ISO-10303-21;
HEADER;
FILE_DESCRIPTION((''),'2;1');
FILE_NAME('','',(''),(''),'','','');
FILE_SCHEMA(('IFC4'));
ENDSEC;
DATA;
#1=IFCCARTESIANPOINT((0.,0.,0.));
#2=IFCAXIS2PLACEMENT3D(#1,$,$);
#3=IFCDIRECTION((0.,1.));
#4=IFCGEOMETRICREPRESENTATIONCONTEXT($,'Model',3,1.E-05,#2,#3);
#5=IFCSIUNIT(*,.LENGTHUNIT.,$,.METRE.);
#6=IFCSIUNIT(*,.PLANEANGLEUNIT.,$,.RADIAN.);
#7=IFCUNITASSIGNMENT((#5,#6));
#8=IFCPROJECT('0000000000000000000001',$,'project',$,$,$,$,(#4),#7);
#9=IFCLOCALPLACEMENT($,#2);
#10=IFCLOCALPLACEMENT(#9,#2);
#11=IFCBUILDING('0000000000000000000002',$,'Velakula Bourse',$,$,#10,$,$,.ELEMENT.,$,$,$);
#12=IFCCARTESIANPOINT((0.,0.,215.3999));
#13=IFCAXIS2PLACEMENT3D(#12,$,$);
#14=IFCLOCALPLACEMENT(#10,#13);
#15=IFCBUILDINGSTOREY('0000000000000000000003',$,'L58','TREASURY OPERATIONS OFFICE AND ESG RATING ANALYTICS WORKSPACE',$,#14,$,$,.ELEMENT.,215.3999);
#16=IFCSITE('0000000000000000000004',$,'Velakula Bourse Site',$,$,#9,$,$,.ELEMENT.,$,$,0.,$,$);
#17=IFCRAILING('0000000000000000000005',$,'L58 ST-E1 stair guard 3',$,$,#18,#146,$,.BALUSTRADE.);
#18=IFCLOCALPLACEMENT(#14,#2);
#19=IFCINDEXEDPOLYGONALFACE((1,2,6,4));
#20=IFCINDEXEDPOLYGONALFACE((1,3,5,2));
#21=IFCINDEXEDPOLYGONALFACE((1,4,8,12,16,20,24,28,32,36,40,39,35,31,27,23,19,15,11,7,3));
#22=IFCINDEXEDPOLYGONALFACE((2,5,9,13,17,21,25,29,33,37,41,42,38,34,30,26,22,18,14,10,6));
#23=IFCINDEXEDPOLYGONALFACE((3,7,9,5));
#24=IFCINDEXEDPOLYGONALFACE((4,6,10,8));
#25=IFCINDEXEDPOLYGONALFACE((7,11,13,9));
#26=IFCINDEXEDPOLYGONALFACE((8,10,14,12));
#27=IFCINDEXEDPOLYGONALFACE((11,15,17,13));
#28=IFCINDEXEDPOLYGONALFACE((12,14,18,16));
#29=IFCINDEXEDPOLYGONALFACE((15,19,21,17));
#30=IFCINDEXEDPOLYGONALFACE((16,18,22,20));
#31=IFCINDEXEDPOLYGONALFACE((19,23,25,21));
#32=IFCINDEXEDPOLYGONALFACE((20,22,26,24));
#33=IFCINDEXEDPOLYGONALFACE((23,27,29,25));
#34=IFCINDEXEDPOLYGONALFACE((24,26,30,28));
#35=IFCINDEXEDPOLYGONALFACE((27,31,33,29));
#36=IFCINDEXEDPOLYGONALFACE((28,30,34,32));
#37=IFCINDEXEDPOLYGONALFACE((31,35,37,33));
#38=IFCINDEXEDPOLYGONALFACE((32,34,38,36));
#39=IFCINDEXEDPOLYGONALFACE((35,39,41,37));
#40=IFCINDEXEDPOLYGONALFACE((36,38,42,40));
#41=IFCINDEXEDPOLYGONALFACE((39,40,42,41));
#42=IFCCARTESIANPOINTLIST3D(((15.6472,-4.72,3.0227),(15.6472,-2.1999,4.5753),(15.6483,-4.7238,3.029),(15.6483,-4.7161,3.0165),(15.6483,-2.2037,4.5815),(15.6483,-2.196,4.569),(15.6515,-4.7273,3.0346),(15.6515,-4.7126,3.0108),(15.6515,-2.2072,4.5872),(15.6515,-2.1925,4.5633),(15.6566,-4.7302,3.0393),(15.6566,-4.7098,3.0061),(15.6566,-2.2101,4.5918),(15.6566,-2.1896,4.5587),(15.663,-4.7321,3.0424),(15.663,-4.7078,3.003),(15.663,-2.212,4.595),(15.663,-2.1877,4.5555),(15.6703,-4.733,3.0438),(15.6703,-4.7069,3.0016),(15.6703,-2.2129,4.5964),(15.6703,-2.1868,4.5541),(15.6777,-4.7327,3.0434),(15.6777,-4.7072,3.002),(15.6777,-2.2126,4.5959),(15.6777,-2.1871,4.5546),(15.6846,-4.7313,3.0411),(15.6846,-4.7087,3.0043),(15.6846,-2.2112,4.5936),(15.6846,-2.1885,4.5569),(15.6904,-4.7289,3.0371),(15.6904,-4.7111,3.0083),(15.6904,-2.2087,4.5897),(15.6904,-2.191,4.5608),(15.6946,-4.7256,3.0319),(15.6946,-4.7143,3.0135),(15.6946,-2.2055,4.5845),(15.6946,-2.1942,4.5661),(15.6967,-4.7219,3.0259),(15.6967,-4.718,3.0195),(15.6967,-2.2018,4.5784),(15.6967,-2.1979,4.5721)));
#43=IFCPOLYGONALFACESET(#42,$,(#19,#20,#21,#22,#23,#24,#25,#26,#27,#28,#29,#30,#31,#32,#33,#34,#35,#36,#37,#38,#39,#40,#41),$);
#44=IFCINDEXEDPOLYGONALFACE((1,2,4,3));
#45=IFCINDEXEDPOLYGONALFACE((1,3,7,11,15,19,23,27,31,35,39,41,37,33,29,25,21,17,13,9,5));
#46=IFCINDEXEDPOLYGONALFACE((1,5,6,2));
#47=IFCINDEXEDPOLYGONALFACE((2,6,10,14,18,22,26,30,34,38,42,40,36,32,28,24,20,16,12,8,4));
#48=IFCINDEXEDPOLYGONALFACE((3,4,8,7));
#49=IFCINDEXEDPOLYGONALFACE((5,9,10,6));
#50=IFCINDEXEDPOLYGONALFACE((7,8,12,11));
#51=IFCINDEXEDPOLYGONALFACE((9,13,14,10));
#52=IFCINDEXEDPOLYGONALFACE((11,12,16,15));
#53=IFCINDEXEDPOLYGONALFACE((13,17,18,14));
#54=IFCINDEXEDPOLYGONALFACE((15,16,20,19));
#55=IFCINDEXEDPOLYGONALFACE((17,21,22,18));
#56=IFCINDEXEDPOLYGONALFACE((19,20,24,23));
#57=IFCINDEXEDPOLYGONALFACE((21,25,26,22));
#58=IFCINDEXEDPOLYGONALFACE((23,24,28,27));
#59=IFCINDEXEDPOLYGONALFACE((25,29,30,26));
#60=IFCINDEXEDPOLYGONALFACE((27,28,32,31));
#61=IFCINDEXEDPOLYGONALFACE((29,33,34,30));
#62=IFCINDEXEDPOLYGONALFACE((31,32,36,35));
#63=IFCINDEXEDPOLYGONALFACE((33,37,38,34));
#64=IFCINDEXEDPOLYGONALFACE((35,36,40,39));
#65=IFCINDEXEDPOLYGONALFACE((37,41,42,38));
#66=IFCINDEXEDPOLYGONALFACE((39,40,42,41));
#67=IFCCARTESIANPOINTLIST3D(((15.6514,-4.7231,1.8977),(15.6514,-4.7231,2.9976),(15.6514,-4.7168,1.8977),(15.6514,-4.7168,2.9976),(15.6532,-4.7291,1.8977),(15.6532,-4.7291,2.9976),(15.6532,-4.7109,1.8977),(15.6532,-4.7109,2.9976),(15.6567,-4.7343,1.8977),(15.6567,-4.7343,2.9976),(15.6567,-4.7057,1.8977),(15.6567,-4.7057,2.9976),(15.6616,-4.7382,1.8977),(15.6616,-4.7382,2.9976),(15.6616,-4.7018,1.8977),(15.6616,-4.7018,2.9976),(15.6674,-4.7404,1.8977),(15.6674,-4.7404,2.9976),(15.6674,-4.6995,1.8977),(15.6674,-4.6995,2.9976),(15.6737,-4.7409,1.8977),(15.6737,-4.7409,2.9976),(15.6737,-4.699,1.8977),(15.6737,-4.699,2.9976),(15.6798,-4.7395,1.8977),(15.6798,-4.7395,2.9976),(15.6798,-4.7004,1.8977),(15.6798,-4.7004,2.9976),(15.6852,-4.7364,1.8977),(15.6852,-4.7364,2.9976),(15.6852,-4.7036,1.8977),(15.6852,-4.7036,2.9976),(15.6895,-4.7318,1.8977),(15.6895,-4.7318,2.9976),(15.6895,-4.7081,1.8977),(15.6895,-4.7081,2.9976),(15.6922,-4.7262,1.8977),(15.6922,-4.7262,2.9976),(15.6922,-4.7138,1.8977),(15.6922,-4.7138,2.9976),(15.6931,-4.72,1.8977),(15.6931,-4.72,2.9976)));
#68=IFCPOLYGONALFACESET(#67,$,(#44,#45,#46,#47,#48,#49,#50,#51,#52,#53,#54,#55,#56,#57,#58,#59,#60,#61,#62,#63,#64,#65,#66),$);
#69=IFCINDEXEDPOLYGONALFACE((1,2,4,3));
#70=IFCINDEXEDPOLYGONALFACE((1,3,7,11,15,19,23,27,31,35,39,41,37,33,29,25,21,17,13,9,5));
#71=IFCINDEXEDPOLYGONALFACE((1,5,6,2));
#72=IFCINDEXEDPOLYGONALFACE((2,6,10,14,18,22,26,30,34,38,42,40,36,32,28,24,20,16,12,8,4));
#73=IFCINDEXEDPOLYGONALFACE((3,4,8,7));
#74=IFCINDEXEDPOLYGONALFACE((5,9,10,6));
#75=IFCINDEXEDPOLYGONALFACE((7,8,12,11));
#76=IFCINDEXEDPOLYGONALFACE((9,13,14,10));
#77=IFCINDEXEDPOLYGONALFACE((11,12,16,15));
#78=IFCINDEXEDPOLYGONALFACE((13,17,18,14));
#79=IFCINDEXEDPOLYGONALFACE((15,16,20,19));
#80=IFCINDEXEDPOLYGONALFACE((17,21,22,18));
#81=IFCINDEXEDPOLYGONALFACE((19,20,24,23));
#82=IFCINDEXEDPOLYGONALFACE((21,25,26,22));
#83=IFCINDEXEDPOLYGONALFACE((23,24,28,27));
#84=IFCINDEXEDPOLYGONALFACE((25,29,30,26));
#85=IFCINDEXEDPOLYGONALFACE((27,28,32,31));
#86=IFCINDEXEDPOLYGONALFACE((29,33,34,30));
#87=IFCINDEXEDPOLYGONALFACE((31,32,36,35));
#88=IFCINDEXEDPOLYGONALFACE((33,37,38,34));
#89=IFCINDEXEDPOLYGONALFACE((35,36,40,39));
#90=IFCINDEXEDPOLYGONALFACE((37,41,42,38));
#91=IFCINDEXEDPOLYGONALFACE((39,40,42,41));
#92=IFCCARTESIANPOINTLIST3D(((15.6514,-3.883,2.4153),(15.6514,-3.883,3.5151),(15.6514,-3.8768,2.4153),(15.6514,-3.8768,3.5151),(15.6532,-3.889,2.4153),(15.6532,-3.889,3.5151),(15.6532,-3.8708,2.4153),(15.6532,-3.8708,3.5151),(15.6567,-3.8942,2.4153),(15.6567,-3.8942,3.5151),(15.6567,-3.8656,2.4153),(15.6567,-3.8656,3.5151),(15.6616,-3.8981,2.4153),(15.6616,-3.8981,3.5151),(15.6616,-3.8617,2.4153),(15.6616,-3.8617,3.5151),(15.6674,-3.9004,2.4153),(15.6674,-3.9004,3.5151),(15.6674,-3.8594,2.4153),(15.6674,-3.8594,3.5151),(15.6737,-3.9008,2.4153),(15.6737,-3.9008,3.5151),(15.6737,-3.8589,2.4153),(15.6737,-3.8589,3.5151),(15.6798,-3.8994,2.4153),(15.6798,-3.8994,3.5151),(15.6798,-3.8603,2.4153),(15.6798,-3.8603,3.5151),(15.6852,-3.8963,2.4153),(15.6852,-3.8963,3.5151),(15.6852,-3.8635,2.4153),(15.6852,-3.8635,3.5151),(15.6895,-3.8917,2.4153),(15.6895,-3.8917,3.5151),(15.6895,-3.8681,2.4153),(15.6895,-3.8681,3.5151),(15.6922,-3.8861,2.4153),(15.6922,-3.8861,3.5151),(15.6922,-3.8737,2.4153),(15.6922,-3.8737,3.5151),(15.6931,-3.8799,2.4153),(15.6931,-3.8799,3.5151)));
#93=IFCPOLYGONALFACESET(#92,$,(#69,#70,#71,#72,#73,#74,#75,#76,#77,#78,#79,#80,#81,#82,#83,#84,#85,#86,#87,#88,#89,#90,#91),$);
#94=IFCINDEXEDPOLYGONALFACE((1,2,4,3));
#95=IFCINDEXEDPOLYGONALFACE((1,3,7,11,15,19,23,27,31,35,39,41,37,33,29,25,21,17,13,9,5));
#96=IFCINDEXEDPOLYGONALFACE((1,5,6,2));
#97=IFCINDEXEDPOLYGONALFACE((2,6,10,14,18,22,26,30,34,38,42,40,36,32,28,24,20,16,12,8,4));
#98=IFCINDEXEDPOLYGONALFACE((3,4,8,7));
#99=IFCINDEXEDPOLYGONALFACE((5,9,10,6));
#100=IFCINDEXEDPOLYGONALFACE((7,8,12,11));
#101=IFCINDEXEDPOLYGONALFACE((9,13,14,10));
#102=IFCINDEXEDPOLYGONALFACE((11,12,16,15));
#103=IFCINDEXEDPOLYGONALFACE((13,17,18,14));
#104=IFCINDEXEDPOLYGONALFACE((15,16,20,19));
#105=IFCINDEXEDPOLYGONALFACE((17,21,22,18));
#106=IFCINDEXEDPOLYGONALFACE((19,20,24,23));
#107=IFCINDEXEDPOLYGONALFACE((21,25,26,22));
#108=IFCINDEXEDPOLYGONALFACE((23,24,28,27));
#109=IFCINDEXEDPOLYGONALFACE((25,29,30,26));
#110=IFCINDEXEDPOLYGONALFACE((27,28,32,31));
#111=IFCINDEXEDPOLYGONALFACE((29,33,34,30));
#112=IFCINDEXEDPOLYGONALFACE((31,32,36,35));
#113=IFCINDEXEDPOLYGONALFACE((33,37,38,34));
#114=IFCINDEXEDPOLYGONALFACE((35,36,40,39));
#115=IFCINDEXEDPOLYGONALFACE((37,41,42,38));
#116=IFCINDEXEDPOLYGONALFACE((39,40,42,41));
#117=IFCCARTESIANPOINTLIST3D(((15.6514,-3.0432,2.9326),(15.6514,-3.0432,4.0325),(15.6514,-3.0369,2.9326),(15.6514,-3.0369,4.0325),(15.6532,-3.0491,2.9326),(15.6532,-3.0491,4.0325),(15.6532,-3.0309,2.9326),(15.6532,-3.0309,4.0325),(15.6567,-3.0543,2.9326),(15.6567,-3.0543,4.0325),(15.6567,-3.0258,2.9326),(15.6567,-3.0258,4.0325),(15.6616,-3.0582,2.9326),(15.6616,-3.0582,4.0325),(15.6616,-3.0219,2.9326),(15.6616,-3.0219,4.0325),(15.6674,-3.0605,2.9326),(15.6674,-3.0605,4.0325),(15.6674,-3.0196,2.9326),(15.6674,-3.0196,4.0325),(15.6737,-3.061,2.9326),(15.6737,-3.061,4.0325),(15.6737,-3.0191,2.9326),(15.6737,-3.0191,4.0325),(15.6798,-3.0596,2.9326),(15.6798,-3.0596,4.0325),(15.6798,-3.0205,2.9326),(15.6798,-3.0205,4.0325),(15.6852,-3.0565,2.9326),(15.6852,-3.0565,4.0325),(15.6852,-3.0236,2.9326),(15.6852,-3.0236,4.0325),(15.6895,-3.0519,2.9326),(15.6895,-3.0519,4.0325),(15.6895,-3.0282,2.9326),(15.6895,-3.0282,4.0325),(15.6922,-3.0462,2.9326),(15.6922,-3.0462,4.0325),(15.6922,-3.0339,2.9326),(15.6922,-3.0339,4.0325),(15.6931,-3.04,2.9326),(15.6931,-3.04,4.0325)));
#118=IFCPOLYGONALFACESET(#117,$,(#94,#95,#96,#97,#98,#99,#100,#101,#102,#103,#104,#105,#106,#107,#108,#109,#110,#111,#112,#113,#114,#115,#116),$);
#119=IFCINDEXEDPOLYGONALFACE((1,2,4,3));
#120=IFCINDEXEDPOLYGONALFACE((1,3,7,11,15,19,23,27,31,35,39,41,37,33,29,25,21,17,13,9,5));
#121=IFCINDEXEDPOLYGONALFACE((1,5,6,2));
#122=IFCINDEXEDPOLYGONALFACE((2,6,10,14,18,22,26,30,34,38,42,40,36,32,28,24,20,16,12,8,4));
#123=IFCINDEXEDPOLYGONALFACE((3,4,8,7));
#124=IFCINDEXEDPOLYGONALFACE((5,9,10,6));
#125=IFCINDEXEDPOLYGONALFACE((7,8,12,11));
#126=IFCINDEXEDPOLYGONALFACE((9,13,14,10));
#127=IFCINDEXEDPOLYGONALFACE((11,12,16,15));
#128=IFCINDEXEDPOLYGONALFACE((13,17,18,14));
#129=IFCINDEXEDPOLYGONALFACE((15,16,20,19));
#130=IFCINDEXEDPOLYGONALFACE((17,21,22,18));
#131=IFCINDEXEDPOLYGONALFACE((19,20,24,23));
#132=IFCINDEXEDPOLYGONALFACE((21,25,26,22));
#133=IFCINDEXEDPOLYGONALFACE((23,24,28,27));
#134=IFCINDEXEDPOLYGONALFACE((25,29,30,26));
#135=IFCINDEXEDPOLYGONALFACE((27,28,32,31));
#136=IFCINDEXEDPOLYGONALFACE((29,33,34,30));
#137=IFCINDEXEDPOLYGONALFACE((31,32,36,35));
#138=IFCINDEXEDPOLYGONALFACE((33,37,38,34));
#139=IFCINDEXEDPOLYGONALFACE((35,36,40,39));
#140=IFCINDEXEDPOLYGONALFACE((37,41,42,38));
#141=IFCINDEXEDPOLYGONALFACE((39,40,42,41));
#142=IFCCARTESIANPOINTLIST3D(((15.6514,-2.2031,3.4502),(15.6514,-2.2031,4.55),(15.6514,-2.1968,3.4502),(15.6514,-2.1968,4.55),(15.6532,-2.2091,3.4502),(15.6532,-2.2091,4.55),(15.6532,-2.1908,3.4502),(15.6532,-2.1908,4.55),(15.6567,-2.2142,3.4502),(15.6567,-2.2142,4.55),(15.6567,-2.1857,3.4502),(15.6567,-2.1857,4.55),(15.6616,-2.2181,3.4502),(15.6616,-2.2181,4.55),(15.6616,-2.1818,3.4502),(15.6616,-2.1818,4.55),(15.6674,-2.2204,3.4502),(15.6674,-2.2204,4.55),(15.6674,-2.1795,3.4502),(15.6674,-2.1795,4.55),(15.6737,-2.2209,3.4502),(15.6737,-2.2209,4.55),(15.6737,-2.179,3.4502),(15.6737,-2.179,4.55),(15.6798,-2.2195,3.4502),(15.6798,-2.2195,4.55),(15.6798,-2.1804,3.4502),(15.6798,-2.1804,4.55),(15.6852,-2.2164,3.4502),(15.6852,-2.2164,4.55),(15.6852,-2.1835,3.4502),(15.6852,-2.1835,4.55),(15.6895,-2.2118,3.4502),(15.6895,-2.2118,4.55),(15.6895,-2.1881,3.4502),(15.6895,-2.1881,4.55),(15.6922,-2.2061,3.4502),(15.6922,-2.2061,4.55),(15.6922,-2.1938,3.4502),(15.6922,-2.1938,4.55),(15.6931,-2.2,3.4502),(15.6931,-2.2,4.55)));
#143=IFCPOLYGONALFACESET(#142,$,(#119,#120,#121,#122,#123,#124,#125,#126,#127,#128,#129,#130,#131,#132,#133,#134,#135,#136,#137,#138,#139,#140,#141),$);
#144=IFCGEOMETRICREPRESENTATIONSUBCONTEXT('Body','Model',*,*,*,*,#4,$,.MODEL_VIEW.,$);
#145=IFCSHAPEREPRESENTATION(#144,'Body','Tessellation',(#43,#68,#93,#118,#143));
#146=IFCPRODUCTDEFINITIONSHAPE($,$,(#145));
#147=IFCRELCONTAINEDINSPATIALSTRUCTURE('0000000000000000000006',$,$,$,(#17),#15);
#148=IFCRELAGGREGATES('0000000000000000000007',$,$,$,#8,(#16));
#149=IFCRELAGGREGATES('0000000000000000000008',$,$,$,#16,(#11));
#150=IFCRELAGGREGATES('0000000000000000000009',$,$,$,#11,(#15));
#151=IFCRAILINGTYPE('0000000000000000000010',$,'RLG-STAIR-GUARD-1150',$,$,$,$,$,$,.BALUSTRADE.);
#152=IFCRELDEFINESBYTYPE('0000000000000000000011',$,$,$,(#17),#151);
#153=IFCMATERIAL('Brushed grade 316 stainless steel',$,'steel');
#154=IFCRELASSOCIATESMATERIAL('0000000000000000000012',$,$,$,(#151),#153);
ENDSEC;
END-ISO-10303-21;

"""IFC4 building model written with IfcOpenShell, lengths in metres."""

from ifc_helpers import new_model, si_unit, direction, frame, origin, origin_2d, place, context, subcontext, project, spatial, circle, extrude, material, type_object, element, save


model = new_model("IFC4")

# Units and contexts
model_context = context("Model", 3, precision=1e-05, world=origin(), true_north=direction((0.0, 1.0)))
body_context = subcontext(model_context, "Body", "Model", "MODEL_VIEW")
ifc_project = project(units=[si_unit("LENGTHUNIT", "METRE"), si_unit("PLANEANGLEUNIT", "RADIAN")], contexts=[model_context])

# Site, building, storey
site_placement = place(None, origin())
site = spatial("IfcSite", under=ifc_project, at=site_placement, Name="Velakula Bourse Site", CompositionType="ELEMENT", RefElevation=0.0)
building_placement = place(site_placement, origin())
building = spatial("IfcBuilding", under=site, at=building_placement, Name="Velakula Bourse", CompositionType="ELEMENT")
storey_placement = place(building_placement, frame((0.0, 0.0, 215.3999)))
storey = spatial("IfcBuildingStorey", under=building, at=storey_placement, Name="L58", Description="TREASURY OPERATIONS OFFICE AND ESG RATING ANALYTICS WORKSPACE", CompositionType="ELEMENT", Elevation=215.3999)

# Shared definitions
ifc_material_1 = material(Name="Brushed grade 316 stainless steel", Category="steel")

# Railing
railing_type_1 = type_object("IfcRailingType", Name="RLG-STAIR-GUARD-1150", PredefinedType="BALUSTRADE", material=ifc_material_1)
railing_1_placement = place(storey_placement, frame((15.6721, -4.72, 1.8977)))
element("IfcRailing", 1, at=railing_1_placement, inside=storey, type_object=railing_type_1, Name="L58 ST-E1 stair guard 3", PredefinedType="BALUSTRADE", context=body_context, shape_type="SweptSolid", body=[
    extrude(circle(Radius=0.0249, at=origin_2d()), frame((0.0, 0.0, 1.125), z_axis=(0.0, 0.8514, 0.524516), x_axis=(-1.0, 0.0, 0.0)), (0.0, 0.0, 1.0), 2.96),
    extrude(circle(Radius=0.021, at=origin_2d()), origin(), (0.0, 0.0, 1.0), 1.0999),
    extrude(circle(Radius=0.021, at=origin_2d()), frame((0.0, 0.8401, 0.5176)), (0.0, 0.0, 1.0), 1.0999),
    extrude(circle(Radius=0.021, at=origin_2d()), frame((0.0, 1.6799, 1.0349)), (0.0, 0.0, 1.0), 1.0999),
    extrude(circle(Radius=0.021, at=origin_2d()), frame((0.0, 2.52, 1.5525)), (0.0, 0.0, 1.0), 1.0999),
])

save(model, "model.ifc")
